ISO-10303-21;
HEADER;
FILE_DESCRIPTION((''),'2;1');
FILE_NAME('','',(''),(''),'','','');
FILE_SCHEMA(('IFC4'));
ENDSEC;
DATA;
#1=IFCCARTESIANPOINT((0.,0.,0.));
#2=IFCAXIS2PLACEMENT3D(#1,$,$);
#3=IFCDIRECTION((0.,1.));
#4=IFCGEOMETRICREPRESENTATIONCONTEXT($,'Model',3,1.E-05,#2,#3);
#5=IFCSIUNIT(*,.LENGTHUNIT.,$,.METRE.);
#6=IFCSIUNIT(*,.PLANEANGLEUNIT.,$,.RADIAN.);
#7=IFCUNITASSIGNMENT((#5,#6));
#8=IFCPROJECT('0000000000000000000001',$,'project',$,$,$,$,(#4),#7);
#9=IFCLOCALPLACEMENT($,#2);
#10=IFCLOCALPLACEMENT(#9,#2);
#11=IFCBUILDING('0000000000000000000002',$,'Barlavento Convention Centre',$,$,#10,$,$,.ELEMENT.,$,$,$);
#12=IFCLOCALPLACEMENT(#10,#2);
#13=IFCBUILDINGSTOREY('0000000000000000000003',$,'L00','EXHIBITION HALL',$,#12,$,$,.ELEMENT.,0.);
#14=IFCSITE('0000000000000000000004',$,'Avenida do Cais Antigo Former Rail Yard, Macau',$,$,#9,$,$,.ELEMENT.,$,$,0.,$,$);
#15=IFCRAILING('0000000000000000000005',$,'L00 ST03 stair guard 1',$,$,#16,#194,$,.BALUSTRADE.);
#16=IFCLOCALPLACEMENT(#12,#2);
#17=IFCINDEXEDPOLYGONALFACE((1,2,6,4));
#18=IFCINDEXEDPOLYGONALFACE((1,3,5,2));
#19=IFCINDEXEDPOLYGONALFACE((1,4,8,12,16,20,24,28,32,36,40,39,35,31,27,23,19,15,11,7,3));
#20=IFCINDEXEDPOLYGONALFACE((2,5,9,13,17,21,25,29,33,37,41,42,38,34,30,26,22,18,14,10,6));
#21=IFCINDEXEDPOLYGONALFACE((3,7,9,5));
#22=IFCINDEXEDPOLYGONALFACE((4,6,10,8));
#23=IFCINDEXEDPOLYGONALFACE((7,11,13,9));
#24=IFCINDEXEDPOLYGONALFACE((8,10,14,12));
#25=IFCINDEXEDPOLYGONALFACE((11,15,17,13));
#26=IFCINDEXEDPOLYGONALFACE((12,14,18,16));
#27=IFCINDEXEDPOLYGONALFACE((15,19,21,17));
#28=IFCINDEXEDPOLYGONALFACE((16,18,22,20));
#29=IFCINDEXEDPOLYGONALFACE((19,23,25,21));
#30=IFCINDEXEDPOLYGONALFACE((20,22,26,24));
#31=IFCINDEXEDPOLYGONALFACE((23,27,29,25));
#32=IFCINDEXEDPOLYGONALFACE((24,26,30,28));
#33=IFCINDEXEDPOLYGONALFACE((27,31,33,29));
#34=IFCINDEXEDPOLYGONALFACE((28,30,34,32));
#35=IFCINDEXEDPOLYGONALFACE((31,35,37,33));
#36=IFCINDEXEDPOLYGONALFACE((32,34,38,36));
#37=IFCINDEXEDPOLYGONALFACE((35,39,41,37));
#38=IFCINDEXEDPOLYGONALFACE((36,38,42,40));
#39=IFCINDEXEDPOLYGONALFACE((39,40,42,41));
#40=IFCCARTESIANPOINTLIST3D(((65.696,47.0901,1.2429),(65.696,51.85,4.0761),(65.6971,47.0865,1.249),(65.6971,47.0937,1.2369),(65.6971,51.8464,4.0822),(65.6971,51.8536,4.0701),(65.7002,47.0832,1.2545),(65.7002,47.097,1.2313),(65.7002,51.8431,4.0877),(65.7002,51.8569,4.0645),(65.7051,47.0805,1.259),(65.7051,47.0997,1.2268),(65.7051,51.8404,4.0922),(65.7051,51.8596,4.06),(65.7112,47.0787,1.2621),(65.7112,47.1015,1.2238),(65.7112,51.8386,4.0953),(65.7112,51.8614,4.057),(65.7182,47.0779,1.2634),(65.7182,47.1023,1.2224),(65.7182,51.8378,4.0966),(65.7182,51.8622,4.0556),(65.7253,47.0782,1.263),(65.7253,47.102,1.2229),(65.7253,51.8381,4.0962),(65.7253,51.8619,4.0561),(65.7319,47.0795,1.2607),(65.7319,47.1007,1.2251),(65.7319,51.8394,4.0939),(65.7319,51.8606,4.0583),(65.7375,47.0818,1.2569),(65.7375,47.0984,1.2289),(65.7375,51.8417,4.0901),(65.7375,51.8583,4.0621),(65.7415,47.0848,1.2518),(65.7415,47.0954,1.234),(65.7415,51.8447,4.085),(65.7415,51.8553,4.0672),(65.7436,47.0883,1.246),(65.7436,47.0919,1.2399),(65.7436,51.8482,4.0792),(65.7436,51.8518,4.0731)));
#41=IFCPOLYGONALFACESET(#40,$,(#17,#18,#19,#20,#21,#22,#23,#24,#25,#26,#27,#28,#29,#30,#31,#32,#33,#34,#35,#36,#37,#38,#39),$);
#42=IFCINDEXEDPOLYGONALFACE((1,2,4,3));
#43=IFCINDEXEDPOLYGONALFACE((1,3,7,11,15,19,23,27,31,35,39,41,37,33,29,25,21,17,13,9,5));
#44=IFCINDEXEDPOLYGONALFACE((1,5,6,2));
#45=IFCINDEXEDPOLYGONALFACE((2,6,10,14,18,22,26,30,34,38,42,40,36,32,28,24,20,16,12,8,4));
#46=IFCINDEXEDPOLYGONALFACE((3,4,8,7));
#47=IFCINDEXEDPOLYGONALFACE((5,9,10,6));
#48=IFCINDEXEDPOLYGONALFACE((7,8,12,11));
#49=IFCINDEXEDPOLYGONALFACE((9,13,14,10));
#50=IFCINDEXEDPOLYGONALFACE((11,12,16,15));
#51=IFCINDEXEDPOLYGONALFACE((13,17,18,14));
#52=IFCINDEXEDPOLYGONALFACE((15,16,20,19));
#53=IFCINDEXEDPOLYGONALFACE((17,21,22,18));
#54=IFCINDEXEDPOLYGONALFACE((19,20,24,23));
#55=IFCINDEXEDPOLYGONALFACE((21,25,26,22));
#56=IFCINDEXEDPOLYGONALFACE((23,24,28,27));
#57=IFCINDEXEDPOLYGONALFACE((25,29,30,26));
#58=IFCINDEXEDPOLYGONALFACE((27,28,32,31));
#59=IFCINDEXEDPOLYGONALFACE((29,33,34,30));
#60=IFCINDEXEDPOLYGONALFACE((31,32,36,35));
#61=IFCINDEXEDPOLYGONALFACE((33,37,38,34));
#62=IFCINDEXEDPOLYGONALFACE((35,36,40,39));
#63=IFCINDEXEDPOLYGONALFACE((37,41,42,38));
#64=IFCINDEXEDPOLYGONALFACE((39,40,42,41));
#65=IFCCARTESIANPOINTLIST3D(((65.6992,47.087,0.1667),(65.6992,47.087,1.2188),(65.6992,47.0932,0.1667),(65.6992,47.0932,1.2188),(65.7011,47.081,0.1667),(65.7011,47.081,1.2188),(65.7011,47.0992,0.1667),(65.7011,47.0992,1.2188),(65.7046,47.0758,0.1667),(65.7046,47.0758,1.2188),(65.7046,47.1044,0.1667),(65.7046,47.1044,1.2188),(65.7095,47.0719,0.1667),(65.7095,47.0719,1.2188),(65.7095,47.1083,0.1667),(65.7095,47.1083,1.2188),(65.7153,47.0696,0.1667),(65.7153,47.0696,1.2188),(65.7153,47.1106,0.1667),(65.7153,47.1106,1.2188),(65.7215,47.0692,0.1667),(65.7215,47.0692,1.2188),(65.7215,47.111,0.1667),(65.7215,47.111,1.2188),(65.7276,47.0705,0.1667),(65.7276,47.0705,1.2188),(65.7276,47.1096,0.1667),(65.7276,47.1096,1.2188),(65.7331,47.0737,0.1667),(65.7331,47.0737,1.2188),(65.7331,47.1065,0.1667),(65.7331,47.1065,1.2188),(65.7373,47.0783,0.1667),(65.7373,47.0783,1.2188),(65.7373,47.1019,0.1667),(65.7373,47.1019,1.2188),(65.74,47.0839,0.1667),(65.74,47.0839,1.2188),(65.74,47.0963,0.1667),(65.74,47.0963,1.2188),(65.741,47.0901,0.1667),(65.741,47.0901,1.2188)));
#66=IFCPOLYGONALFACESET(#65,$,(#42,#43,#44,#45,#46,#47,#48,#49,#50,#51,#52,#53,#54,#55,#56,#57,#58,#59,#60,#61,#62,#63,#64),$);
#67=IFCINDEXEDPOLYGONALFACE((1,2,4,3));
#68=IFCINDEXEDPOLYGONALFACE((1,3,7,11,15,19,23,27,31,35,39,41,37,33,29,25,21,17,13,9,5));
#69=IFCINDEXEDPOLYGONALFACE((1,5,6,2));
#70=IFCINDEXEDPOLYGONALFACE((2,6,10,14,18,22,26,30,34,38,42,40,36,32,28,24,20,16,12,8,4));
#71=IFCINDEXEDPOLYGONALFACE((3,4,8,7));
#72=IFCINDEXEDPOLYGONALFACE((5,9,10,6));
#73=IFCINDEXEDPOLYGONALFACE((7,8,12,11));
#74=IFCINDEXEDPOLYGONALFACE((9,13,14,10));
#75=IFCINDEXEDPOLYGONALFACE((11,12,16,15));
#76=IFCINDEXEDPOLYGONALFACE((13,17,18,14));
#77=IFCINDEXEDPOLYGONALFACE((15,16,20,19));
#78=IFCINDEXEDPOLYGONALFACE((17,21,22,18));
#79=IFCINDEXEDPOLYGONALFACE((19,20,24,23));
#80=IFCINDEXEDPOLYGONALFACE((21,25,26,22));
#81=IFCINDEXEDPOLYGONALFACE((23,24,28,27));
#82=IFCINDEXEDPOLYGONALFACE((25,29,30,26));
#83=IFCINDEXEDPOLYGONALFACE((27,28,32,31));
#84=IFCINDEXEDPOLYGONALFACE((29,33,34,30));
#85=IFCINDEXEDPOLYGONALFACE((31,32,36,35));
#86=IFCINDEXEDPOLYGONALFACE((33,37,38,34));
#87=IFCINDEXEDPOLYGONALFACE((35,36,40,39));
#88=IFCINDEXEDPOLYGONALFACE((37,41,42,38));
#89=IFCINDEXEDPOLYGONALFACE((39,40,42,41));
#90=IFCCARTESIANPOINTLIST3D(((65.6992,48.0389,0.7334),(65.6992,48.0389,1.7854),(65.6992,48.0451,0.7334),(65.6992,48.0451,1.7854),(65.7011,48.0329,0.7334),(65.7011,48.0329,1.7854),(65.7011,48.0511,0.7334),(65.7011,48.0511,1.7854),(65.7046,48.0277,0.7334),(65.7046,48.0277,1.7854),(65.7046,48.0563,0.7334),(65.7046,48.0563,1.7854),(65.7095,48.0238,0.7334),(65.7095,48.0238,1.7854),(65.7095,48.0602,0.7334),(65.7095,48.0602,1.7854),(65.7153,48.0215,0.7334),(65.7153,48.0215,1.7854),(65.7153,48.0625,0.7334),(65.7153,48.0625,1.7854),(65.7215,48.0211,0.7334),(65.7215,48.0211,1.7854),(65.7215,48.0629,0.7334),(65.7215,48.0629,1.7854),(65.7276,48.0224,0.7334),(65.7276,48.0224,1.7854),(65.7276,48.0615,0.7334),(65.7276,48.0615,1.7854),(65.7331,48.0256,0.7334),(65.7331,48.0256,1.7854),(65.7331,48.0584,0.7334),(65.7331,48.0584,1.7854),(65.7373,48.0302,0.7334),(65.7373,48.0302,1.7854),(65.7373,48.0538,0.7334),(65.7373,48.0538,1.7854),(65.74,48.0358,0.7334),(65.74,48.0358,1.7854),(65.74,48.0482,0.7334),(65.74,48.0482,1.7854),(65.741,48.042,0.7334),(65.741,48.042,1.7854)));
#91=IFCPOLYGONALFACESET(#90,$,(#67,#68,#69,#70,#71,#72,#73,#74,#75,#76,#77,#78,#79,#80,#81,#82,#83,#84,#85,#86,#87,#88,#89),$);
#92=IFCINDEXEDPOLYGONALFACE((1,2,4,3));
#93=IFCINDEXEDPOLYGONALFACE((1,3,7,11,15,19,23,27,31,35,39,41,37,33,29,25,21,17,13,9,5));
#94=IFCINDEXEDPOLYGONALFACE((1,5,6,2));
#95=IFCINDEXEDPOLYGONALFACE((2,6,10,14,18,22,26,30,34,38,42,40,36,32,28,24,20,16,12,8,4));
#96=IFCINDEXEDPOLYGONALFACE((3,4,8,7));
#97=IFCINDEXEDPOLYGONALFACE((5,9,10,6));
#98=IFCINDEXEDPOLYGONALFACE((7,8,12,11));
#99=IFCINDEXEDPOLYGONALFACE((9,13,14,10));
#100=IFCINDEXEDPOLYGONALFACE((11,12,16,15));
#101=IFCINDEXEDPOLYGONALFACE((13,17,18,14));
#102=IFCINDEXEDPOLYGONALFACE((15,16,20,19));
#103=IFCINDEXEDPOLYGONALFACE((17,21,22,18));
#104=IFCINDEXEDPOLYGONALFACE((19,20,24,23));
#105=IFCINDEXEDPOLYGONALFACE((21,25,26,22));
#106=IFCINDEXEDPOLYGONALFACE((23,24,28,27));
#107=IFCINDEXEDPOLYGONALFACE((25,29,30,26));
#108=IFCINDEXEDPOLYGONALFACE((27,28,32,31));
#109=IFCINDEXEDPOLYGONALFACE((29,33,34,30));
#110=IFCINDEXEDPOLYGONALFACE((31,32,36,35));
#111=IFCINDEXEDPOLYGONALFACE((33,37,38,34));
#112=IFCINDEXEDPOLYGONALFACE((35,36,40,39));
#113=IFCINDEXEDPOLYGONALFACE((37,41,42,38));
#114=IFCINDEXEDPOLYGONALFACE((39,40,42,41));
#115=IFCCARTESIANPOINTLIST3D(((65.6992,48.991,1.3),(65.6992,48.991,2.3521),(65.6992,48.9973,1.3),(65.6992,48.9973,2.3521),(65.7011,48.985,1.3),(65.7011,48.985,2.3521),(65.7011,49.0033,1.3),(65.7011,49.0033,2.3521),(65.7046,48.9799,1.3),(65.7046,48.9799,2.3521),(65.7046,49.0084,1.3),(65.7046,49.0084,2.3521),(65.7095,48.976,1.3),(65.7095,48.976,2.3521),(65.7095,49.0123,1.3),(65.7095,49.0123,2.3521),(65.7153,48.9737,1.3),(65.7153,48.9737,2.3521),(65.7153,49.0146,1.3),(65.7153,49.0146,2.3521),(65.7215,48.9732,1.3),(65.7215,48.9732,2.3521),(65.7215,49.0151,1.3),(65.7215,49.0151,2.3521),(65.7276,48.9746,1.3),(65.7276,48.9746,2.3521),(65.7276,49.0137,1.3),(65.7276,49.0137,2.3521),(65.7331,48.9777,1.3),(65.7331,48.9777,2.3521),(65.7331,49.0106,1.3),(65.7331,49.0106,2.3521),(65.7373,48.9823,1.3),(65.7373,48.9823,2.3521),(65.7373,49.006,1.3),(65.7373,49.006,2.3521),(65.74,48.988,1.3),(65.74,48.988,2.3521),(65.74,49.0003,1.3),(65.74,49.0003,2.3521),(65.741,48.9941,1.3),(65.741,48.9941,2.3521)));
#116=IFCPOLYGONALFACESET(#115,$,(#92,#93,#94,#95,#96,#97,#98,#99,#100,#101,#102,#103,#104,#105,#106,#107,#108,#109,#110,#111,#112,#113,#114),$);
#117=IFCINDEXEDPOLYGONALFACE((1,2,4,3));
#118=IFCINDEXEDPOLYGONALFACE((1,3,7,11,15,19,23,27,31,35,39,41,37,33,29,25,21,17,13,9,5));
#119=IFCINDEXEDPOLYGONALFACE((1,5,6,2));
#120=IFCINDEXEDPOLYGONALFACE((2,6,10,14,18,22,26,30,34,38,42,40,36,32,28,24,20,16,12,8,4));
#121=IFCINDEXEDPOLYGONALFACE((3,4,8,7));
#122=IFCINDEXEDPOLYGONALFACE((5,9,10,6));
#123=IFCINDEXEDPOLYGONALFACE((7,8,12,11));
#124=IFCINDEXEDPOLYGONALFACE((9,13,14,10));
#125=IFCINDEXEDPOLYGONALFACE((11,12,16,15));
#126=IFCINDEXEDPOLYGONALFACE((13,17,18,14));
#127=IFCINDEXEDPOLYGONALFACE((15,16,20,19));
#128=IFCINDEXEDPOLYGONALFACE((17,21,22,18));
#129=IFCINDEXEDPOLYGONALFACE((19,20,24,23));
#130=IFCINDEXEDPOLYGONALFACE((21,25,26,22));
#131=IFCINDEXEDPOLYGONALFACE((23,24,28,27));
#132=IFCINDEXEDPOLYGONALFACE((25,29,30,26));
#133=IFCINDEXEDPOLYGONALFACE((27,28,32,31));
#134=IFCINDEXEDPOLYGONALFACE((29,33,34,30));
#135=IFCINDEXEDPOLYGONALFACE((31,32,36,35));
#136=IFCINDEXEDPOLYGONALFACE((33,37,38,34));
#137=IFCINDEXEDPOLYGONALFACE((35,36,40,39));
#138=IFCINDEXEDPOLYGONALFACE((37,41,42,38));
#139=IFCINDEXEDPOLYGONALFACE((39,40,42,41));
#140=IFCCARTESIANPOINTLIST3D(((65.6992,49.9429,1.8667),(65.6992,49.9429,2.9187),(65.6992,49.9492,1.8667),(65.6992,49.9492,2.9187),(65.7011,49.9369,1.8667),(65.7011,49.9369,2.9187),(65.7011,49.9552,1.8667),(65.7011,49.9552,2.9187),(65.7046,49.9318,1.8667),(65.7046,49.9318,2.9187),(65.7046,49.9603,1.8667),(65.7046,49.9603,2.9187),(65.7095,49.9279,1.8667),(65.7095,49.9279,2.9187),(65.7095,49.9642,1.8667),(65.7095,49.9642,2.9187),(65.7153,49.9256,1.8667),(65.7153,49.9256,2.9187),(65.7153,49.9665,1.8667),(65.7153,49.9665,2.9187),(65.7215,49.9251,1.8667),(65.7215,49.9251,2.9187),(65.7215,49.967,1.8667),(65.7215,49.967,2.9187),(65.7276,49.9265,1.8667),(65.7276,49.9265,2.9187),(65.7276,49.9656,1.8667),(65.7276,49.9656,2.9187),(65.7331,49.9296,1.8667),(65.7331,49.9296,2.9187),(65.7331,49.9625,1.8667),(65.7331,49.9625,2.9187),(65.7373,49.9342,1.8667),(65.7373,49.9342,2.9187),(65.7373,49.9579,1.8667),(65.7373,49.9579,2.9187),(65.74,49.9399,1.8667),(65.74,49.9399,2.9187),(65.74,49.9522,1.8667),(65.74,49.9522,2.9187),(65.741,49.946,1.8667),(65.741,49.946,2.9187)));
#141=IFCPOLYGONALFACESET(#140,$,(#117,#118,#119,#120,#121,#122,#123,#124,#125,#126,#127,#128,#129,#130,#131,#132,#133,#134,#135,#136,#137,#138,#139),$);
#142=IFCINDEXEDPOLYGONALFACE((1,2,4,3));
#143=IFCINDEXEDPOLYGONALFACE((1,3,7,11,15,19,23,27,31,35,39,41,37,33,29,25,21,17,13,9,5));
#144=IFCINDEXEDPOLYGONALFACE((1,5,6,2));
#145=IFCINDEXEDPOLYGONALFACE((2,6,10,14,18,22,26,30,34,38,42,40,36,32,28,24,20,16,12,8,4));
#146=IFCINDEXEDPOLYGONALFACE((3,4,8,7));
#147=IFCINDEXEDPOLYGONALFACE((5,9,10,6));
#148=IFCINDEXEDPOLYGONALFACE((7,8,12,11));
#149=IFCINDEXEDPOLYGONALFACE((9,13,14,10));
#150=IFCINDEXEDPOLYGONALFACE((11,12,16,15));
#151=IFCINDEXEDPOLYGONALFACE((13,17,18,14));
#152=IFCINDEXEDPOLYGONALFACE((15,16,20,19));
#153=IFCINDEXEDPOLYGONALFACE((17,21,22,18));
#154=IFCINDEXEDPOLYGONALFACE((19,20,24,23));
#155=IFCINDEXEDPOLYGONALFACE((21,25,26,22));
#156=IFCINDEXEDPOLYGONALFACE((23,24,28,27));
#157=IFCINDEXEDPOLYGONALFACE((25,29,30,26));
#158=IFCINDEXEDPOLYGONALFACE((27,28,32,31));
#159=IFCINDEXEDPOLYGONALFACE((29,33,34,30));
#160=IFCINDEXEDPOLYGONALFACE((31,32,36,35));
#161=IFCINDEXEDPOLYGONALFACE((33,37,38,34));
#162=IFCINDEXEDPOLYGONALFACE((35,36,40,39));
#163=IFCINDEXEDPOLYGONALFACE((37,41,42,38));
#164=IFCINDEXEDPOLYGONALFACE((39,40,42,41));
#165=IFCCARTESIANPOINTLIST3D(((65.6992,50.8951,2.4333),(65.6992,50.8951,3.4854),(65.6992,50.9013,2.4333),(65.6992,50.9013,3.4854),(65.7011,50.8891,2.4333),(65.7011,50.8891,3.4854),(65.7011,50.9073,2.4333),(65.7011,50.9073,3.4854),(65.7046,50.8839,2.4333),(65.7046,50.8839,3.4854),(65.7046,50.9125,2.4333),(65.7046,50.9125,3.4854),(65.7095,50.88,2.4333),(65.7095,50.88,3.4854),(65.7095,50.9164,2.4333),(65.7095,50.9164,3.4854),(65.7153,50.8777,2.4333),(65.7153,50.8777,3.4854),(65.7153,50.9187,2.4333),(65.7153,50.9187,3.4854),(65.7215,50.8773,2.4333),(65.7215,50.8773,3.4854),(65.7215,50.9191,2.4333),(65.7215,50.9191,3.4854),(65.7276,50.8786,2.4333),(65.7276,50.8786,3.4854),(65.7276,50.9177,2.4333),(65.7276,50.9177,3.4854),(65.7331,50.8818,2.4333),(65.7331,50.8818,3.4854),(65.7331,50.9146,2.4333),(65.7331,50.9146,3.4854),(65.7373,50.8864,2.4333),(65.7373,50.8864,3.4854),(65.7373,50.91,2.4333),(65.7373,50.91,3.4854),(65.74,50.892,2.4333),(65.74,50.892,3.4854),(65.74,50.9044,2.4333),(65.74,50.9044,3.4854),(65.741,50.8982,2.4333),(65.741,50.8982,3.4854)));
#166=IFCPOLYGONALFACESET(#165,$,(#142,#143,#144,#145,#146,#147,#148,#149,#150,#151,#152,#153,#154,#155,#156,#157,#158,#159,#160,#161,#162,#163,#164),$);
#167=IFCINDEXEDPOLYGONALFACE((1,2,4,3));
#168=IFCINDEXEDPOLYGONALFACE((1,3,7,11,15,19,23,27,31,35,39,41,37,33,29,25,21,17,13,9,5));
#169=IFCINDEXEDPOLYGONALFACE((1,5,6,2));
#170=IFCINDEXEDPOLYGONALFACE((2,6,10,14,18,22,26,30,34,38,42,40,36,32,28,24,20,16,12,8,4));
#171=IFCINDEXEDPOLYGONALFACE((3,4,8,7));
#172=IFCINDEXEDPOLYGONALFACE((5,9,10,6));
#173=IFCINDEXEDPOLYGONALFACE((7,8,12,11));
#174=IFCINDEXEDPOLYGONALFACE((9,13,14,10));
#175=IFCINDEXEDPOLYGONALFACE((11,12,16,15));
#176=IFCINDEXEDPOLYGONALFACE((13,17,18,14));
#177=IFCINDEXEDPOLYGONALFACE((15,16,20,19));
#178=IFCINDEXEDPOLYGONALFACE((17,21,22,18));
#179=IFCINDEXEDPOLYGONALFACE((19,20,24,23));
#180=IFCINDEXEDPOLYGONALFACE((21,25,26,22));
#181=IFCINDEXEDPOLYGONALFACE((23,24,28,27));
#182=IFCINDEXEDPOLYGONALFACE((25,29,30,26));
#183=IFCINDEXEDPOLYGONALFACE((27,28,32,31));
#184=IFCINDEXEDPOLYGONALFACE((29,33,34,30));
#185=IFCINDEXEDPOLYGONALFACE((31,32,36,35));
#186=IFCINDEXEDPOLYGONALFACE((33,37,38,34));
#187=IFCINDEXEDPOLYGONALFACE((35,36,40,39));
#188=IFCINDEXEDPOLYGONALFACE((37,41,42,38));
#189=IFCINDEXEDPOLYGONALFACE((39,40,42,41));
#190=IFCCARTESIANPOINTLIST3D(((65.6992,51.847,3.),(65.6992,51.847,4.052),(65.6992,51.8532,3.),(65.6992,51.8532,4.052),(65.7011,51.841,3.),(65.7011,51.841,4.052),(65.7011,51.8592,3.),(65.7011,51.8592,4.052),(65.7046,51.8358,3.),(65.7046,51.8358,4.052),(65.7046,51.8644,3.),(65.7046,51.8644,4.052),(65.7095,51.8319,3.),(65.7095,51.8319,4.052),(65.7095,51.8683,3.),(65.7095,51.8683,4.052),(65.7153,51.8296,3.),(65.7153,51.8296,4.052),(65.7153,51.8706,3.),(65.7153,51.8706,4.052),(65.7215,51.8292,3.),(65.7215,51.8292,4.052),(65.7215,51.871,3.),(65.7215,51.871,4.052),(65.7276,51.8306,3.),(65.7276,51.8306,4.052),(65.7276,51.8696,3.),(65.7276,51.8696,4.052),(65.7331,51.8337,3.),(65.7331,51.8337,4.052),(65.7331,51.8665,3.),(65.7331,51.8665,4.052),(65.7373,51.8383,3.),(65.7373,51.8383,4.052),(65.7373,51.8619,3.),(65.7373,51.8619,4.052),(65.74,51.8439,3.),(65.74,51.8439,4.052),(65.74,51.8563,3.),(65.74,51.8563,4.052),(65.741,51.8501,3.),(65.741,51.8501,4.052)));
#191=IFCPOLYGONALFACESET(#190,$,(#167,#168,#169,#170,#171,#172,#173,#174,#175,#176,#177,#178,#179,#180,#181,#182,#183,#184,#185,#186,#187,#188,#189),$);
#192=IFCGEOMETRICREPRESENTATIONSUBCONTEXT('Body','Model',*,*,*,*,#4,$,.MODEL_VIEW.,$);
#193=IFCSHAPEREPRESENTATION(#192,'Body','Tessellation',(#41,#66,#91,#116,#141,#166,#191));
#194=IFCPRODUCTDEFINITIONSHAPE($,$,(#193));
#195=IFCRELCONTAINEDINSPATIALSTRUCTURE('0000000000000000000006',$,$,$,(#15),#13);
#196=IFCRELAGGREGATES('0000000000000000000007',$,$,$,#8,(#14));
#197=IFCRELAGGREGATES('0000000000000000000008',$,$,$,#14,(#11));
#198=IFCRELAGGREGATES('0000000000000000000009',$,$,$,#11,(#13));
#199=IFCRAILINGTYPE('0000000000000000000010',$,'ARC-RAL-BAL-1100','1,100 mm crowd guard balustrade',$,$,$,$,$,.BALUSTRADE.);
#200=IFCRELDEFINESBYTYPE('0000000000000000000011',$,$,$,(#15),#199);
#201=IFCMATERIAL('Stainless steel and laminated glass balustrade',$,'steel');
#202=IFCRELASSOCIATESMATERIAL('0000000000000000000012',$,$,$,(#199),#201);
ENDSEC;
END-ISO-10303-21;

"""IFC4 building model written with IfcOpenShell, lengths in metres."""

from ifc_helpers import new_model, si_unit, direction, frame, origin, origin_2d, place, context, subcontext, project, spatial, circle, extrude, material, type_object, element, save


model = new_model("IFC4")

# Units and contexts
model_context = context("Model", 3, precision=1e-05, world=origin(), true_north=direction((0.0, 1.0)))
body_context = subcontext(model_context, "Body", "Model", "MODEL_VIEW")
ifc_project = project(units=[si_unit("LENGTHUNIT", "METRE"), si_unit("PLANEANGLEUNIT", "RADIAN")], contexts=[model_context])

# Site, building, storey
site_placement = place(None, origin())
site = spatial("IfcSite", under=ifc_project, at=site_placement, Name="Avenida do Cais Antigo Former Rail Yard, Macau", CompositionType="ELEMENT", RefElevation=0.0)
building_placement = place(site_placement, origin())
building = spatial("IfcBuilding", under=site, at=building_placement, Name="Barlavento Convention Centre", CompositionType="ELEMENT")
storey_placement = place(building_placement, origin())
storey = spatial("IfcBuildingStorey", under=building, at=storey_placement, Name="L00", Description="EXHIBITION HALL", CompositionType="ELEMENT", Elevation=0.0)

# Railing
ifc_material_1 = material(Name="Stainless steel and laminated glass balustrade", Category="steel")
railing_type_1 = type_object("IfcRailingType", Name="ARC-RAL-BAL-1100", Description="1,100 mm crowd guard balustrade", PredefinedType="BALUSTRADE", material=ifc_material_1)
railing_1_placement = place(storey_placement, frame((65.72, 47.0901, 0.1667)))
element("IfcRailing", 1, at=railing_1_placement, inside=storey, type_object=railing_type_1, Name="L00 ST03 stair guard 1", PredefinedType="BALUSTRADE", context=body_context, shape_type="SweptSolid", body=[
    extrude(circle(Radius=0.0239, at=origin_2d()), frame((0.0, 0.0, 1.0762), z_axis=(0.0, 0.8593, 0.511472), x_axis=(-1.0, 0.0, 0.0)), (0.0, 0.0, 1.0), 5.5393),
    extrude(circle(Radius=0.021, at=origin_2d()), origin(), (0.0, 0.0, 1.0), 1.052),
    extrude(circle(Radius=0.021, at=origin_2d()), frame((0.0, 0.9519, 0.5667)), (0.0, 0.0, 1.0), 1.052),
    extrude(circle(Radius=0.021, at=origin_2d()), frame((0.0, 1.9041, 1.1333)), (0.0, 0.0, 1.0), 1.052),
    extrude(circle(Radius=0.021, at=origin_2d()), frame((0.0, 2.856, 1.7)), (0.0, 0.0, 1.0), 1.052),
    extrude(circle(Radius=0.021, at=origin_2d()), frame((0.0, 3.8081, 2.2666)), (0.0, 0.0, 1.0), 1.052),
    extrude(circle(Radius=0.021, at=origin_2d()), frame((0.0, 4.76, 2.8333)), (0.0, 0.0, 1.0), 1.052),
])

save(model, "model.ifc")
